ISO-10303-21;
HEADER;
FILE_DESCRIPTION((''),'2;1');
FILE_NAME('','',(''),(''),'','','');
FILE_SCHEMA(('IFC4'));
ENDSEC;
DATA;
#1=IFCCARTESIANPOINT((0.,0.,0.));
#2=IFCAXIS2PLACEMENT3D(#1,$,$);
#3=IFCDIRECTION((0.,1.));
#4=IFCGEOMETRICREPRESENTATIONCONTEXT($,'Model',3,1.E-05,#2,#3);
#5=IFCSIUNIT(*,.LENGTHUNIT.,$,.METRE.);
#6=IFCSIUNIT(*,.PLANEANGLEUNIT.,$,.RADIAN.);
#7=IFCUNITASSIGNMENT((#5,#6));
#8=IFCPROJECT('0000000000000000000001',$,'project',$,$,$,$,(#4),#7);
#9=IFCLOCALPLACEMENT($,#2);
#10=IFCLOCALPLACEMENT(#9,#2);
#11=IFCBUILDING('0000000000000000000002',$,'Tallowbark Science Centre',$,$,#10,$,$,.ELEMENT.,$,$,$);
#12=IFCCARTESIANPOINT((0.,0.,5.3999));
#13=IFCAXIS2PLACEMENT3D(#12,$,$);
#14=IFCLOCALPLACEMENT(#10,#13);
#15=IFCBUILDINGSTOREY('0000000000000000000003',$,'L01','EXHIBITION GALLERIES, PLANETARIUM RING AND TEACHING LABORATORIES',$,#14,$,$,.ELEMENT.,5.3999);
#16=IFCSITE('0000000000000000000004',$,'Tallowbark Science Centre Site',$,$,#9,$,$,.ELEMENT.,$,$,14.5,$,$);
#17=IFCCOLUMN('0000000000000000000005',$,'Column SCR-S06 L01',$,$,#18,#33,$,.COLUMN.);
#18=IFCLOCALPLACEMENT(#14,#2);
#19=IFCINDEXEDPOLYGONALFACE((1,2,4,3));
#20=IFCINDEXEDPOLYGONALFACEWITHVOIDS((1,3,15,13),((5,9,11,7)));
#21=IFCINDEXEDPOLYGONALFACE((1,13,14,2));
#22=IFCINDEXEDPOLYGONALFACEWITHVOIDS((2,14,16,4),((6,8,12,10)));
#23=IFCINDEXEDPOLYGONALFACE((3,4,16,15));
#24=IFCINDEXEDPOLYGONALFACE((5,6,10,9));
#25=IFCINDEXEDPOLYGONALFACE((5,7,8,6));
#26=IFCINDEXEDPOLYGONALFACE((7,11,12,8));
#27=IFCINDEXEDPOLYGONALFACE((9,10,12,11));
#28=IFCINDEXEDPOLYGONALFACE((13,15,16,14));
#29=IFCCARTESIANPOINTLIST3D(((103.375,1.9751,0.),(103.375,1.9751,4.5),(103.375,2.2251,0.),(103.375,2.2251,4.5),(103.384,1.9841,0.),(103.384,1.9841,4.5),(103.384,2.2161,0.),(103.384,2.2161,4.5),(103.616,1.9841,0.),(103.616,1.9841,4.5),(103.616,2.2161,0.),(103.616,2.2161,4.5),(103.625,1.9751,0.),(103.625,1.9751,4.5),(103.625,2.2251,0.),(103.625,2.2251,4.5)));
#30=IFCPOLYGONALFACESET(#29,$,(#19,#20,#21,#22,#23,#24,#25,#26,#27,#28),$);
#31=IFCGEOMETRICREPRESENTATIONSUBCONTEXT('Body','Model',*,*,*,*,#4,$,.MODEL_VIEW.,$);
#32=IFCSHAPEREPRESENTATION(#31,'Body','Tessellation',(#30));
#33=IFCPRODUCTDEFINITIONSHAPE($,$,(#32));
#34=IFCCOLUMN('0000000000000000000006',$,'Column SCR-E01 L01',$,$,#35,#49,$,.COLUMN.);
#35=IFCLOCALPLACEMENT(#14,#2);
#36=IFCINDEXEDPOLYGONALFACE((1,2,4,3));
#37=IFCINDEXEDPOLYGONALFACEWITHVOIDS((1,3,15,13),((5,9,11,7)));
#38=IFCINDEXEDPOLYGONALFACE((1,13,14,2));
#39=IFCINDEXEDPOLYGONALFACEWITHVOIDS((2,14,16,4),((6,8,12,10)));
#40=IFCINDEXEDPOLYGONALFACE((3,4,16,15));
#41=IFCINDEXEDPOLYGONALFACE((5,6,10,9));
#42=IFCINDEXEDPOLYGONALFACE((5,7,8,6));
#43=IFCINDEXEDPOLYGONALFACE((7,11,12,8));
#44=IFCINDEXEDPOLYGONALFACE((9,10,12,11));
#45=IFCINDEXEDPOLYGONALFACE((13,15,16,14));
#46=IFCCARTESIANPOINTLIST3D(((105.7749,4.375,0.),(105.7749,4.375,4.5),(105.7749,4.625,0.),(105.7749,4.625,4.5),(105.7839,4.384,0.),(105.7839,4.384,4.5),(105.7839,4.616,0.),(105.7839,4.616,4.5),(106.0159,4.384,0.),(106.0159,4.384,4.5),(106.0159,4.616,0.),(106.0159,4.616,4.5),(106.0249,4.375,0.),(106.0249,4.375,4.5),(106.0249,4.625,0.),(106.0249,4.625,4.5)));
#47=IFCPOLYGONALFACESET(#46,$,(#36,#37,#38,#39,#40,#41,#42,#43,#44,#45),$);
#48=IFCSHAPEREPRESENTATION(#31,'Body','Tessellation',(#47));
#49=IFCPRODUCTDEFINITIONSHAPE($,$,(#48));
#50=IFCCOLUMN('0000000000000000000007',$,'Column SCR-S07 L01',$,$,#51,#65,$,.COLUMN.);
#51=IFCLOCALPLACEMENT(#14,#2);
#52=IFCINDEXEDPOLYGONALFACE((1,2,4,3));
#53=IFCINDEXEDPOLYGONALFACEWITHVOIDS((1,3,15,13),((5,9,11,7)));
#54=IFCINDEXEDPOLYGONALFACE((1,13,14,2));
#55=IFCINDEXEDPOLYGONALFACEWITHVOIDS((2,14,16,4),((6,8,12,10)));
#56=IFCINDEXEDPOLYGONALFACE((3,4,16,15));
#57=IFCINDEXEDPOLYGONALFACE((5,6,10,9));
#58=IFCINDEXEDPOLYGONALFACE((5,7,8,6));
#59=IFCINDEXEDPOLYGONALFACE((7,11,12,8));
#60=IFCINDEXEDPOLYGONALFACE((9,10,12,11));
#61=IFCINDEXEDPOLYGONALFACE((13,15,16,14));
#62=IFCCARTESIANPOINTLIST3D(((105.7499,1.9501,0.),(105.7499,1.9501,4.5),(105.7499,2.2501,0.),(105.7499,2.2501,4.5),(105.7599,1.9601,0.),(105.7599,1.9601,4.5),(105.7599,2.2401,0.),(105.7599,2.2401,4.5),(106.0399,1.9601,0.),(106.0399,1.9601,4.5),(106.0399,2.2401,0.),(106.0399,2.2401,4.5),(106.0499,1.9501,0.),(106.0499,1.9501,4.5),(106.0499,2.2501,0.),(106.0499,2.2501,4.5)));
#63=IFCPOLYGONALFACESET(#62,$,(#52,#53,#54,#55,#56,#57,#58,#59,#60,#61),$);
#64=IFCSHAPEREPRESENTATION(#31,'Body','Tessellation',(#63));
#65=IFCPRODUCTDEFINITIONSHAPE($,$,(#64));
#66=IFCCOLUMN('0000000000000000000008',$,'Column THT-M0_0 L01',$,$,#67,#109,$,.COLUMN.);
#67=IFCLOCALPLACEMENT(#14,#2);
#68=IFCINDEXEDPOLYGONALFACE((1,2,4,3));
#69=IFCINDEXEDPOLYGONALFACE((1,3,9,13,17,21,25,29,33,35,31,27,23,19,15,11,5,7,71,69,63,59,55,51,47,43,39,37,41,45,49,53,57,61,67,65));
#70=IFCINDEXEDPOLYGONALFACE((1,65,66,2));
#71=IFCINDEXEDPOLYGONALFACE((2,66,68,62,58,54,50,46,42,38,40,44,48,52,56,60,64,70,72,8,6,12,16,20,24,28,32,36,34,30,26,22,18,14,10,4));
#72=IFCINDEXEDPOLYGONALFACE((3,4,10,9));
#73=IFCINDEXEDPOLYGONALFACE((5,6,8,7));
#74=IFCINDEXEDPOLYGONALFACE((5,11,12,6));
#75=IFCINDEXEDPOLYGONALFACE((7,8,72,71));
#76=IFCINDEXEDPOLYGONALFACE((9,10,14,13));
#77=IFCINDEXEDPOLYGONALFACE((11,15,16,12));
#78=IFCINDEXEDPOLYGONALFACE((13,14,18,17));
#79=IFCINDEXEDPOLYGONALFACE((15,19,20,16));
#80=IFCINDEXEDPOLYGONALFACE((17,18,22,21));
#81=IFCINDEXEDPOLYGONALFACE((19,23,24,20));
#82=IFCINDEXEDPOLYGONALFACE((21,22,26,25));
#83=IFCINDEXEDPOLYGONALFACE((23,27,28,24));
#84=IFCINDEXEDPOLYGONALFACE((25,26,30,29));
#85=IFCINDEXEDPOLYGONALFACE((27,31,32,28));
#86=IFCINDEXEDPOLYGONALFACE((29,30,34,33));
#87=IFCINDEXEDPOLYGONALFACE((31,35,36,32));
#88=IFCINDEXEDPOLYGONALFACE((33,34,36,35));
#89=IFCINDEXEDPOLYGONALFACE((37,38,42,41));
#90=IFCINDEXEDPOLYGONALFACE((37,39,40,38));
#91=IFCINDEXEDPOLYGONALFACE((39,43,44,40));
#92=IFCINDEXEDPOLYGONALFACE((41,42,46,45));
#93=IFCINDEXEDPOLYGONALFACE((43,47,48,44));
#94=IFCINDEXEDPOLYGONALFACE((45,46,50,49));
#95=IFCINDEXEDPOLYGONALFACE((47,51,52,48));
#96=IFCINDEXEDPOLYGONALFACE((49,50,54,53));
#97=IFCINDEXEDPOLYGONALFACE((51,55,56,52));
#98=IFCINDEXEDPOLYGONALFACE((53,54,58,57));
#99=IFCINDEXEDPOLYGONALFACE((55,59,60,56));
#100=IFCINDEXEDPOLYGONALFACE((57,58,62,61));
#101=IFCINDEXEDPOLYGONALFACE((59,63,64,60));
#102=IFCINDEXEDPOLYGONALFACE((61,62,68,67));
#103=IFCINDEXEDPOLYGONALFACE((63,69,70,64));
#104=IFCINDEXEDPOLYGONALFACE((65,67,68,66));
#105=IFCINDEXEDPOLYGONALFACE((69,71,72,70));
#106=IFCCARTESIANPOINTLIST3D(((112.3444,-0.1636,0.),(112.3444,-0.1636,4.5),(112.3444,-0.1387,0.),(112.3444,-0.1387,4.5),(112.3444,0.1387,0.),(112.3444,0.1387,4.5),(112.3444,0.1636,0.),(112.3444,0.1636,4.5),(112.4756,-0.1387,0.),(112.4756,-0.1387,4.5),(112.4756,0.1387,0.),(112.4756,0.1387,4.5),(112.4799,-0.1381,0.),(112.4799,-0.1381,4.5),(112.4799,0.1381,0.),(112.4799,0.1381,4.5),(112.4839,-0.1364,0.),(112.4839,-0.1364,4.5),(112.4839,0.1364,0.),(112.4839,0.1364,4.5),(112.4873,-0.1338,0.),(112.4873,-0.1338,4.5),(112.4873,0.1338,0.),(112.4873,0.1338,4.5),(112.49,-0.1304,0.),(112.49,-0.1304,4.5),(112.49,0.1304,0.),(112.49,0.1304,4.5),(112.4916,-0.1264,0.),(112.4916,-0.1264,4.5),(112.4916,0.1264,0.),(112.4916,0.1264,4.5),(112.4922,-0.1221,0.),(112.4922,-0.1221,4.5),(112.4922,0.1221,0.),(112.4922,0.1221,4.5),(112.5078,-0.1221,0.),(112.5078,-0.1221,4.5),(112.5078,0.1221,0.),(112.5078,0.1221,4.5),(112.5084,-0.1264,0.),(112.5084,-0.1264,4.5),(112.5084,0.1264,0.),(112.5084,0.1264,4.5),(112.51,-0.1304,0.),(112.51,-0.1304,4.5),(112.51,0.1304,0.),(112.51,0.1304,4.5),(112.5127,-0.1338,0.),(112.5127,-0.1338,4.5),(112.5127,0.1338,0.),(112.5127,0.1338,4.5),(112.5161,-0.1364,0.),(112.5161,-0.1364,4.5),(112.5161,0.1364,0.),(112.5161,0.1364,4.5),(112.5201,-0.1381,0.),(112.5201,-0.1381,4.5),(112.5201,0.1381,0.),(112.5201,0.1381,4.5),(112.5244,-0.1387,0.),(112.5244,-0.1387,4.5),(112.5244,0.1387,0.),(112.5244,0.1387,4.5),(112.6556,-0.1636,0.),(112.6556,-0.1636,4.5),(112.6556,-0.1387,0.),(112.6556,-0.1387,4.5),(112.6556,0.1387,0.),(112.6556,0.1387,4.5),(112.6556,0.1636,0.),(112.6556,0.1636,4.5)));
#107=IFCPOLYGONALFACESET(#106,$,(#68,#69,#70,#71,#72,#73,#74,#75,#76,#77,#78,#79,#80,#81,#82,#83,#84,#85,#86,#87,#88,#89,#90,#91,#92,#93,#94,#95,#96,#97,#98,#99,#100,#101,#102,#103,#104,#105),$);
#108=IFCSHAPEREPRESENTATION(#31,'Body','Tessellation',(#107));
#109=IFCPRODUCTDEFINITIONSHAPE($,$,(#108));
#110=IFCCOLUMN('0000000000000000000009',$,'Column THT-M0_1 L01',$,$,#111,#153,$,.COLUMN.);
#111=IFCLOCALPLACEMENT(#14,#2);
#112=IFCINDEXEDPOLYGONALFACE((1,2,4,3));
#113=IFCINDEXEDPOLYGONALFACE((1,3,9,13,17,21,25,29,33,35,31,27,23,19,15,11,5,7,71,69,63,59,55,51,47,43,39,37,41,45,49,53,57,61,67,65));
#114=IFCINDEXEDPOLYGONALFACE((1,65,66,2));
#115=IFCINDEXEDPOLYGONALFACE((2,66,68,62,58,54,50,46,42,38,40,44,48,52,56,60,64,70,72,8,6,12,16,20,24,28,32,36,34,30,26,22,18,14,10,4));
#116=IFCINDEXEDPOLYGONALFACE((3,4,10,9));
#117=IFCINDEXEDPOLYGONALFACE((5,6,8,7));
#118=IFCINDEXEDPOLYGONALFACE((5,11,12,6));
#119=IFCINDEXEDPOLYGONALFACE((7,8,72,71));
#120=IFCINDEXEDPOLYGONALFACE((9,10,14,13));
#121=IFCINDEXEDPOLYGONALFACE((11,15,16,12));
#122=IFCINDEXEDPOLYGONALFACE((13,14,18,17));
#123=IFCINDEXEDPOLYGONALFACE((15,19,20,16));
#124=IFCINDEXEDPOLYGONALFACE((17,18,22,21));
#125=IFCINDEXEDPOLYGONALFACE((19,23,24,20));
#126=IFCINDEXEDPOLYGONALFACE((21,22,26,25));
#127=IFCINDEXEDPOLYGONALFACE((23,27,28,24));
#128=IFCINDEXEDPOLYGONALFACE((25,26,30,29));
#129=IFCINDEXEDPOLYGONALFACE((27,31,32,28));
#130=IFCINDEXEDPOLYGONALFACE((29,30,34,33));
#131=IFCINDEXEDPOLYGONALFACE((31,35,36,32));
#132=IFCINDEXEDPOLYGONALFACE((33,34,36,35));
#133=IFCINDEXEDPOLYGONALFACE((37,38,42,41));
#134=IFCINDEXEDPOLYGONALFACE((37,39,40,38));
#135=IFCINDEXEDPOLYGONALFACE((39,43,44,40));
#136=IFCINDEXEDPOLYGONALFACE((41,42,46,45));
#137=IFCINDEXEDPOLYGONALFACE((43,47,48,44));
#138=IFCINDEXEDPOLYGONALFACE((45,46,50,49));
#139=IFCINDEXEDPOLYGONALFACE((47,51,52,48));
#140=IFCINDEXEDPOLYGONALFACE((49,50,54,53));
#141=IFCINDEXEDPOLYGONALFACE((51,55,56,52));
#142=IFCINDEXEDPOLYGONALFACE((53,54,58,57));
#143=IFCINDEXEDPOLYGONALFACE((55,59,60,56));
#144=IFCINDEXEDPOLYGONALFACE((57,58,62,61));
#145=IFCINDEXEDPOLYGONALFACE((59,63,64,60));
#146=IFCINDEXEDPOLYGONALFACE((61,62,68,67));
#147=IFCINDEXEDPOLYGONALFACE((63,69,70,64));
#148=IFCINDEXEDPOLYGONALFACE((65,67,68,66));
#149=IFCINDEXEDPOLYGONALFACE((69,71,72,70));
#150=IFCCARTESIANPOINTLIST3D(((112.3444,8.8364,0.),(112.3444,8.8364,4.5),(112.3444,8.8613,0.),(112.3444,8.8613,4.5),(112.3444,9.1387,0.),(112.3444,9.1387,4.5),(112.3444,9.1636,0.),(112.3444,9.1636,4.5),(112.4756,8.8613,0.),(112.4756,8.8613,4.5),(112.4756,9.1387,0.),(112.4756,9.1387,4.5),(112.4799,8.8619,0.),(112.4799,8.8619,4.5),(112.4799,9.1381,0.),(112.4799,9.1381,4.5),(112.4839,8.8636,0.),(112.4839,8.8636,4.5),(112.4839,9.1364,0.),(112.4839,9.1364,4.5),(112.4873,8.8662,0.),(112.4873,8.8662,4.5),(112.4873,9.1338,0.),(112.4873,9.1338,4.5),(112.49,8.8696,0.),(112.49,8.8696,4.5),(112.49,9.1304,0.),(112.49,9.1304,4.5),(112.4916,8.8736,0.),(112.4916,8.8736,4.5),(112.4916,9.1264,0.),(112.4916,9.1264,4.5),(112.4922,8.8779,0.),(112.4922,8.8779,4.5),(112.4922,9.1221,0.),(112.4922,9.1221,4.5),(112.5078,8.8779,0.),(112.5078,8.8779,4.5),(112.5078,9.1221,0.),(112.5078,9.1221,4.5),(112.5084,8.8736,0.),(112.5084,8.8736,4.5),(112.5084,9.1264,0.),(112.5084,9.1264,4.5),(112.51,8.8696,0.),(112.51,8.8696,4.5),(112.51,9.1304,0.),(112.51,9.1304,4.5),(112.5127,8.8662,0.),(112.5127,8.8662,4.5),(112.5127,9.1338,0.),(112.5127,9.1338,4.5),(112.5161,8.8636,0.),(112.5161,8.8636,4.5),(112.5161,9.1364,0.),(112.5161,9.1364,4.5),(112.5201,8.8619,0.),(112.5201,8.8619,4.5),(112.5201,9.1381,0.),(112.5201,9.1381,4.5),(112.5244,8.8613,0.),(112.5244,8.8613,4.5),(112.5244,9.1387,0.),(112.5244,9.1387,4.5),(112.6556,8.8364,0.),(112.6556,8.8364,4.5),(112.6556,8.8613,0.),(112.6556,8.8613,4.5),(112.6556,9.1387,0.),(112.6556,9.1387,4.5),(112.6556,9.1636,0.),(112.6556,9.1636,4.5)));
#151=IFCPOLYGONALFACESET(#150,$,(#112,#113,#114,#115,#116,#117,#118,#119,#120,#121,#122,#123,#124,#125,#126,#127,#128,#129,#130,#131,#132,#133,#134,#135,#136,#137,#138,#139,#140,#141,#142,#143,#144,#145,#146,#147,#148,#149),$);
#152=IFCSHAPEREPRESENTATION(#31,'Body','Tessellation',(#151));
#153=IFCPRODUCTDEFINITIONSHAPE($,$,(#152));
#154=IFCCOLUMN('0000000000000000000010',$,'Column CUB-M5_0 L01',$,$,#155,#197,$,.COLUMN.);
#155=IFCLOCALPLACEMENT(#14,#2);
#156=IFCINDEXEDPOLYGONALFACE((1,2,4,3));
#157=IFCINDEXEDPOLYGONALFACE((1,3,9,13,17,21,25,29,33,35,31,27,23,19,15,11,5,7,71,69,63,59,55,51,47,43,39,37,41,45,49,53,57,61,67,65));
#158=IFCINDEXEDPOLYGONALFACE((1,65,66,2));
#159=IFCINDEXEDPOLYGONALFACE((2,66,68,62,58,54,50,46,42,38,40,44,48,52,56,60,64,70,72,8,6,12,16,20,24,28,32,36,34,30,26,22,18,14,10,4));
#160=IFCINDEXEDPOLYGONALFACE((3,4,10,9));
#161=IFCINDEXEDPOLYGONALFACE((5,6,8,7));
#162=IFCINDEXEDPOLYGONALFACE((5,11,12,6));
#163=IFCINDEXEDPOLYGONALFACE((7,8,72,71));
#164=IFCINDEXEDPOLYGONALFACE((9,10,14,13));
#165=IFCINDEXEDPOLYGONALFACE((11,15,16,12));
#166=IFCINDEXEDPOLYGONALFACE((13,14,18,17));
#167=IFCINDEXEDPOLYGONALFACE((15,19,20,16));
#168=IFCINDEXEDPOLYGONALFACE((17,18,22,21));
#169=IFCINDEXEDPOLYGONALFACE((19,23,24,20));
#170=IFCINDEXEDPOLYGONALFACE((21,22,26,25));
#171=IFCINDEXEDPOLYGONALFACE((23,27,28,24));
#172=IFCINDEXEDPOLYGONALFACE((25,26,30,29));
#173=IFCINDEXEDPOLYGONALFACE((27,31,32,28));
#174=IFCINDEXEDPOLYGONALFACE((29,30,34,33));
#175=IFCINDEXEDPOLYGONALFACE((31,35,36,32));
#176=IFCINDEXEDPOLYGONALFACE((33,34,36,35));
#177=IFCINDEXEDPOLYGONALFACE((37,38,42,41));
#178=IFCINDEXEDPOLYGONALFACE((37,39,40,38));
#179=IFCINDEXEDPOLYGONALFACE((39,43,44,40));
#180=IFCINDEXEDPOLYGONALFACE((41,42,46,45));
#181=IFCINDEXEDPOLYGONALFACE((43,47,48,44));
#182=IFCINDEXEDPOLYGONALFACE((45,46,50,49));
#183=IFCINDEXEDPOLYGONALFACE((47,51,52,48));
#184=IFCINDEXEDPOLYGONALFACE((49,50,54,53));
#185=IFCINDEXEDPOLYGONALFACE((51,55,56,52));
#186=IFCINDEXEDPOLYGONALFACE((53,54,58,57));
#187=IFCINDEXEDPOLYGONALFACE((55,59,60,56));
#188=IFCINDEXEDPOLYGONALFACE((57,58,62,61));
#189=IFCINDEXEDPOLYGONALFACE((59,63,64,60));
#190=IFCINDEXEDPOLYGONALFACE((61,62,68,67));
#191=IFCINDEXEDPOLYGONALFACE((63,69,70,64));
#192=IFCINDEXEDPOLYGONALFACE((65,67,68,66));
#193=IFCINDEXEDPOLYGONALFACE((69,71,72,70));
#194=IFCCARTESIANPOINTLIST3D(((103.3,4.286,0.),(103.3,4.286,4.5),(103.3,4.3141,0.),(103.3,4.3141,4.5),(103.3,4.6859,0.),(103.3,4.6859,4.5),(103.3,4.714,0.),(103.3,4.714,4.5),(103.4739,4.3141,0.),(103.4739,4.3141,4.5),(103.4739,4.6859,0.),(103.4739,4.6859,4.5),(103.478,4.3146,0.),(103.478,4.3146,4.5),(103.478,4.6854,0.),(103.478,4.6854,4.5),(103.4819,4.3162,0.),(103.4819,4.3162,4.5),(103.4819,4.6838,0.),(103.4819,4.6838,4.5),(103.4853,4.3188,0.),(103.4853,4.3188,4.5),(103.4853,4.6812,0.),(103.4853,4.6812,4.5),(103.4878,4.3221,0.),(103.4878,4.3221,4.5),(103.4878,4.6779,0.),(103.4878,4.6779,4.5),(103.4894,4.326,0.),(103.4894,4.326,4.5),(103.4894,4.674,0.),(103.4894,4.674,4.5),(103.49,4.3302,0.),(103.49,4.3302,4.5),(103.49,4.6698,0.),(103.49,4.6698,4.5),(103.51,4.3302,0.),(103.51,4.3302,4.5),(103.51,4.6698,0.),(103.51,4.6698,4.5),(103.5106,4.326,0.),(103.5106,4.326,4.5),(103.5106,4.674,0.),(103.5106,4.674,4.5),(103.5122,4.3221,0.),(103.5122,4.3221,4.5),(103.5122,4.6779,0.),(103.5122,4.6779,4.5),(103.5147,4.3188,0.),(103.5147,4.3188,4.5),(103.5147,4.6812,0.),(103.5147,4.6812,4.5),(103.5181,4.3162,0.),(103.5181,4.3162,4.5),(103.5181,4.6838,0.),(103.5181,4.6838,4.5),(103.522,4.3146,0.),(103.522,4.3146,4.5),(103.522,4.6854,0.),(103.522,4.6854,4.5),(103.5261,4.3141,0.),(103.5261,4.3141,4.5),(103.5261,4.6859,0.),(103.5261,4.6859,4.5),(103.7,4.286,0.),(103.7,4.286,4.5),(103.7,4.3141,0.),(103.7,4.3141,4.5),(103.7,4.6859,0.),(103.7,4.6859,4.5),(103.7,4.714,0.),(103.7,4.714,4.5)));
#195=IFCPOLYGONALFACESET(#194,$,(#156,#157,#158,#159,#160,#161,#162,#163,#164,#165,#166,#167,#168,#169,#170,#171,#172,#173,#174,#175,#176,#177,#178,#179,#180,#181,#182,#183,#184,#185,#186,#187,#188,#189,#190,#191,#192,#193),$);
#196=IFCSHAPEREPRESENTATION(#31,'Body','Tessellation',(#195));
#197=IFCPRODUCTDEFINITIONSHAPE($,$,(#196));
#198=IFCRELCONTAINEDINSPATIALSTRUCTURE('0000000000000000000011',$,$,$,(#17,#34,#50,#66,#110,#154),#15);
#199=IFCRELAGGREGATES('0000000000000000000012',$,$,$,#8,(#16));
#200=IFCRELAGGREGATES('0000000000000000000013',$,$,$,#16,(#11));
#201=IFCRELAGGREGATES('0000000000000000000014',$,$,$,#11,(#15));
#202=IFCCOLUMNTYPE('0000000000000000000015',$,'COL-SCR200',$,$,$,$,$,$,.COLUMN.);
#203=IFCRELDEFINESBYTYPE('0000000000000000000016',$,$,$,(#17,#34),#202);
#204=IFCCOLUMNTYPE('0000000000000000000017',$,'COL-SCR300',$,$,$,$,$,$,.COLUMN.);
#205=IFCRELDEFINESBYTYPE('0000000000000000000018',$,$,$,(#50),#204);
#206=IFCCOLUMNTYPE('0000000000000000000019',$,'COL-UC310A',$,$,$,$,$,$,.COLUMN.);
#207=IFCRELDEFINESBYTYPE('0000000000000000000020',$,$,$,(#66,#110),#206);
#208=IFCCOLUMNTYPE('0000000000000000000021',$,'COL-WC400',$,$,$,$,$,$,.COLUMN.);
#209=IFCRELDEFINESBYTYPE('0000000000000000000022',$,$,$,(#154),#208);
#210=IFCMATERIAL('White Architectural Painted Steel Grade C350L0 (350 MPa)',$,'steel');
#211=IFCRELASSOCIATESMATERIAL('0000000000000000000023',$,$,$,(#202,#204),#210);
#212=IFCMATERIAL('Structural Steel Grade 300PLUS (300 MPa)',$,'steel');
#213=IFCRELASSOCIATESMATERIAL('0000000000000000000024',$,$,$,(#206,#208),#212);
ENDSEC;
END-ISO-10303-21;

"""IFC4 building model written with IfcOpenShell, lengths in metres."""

from ifc_helpers import new_model, si_unit, direction, frame, origin, origin_2d, place, context, subcontext, project, spatial, hollow_rectangle, i_section, extrude, material, material_profile, profile_set, type_object, element, save


model = new_model("IFC4")

# Units and contexts
model_context = context("Model", 3, precision=1e-05, world=origin(), true_north=direction((0.0, 1.0)))
body_context = subcontext(model_context, "Body", "Model", "MODEL_VIEW")
ifc_project = project(units=[si_unit("LENGTHUNIT", "METRE"), si_unit("PLANEANGLEUNIT", "RADIAN")], contexts=[model_context])

# Site, building, storey
site_placement = place(None, origin())
site = spatial("IfcSite", under=ifc_project, at=site_placement, Name="Tallowbark Science Centre Site", CompositionType="ELEMENT", RefElevation=14.5)
building_placement = place(site_placement, origin())
building = spatial("IfcBuilding", under=site, at=building_placement, Name="Tallowbark Science Centre", CompositionType="ELEMENT")
storey_placement = place(building_placement, frame((0.0, 0.0, 5.3999)))
storey = spatial("IfcBuildingStorey", under=building, at=storey_placement, Name="L01", Description="EXHIBITION GALLERIES, PLANETARIUM RING AND TEACHING LABORATORIES", CompositionType="ELEMENT", Elevation=5.3999)

# Columns
ifc_material_1 = material(Name="White Architectural Painted Steel Grade C350L0 (350 MPa)", Category="steel")
ifc_material_profile_1 = material_profile(ifc_material_1, hollow_rectangle(XDim=0.25, YDim=0.25, WallThickness=0.009, at=origin_2d()), Name="250x250x9.0SHS")
ifc_profile_set_1 = profile_set([ifc_material_profile_1], Name="White Architectural Painted Steel Grade C350L0 (350 MPa)")
column_type_1 = type_object("IfcColumnType", Name="COL-SCR200", PredefinedType="COLUMN", material=ifc_profile_set_1)
for number, where, z_axis, x_axis, name in (
    (1, (103.5, 2.1001, 0.0), (0.0, 0.0, 1.0), (1.0, 0.0, 0.0), "Column SCR-S06 L01"),
    (2, (105.8999, 4.5, 0.0), (0.0, 0.0, 1.0), (1.0, 0.0, 0.0), "Column SCR-E01 L01"),
):
    element("IfcColumn", number, at=place(storey_placement, frame(where, z_axis=z_axis, x_axis=x_axis)), inside=storey, type_object=column_type_1, Name=name, PredefinedType="COLUMN", context=body_context, shape_type="SweptSolid", body=[
        extrude(hollow_rectangle(XDim=0.25, YDim=0.25, WallThickness=0.009, at=origin_2d()), origin(), (0.0, 0.0, 1.0), 4.5),
    ])
ifc_material_profile_2 = material_profile(ifc_material_1, hollow_rectangle(XDim=0.3, YDim=0.3, WallThickness=0.01, at=origin_2d()), Name="300x300x10.0SHS")
ifc_profile_set_2 = profile_set([ifc_material_profile_2], Name="White Architectural Painted Steel Grade C350L0 (350 MPa)")
column_type_2 = type_object("IfcColumnType", Name="COL-SCR300", PredefinedType="COLUMN", material=ifc_profile_set_2)
column_1_placement = place(storey_placement, frame((105.8999, 2.1001, 0.0), z_axis=(0.0, 0.0, 1.0), x_axis=(1.0, 0.0, 0.0)))
element("IfcColumn", 3, at=column_1_placement, inside=storey, type_object=column_type_2, Name="Column SCR-S07 L01", PredefinedType="COLUMN", context=body_context, shape_type="SweptSolid", body=[
    extrude(hollow_rectangle(XDim=0.3, YDim=0.3, WallThickness=0.01, at=origin_2d()), origin(), (0.0, 0.0, 1.0), 4.5),
])
ifc_material_2 = material(Name="Structural Steel Grade 300PLUS (300 MPa)", Category="steel")
ifc_material_profile_3 = material_profile(ifc_material_2, i_section(OverallWidth=0.3113, OverallDepth=0.3271, WebThickness=0.0156, FlangeThickness=0.0249, FilletRadius=0.0166, at=origin_2d()), Name="310UC158")
ifc_profile_set_3 = profile_set([ifc_material_profile_3], Name="Structural Steel Grade 300PLUS (300 MPa)")
column_type_3 = type_object("IfcColumnType", Name="COL-UC310A", PredefinedType="COLUMN", material=ifc_profile_set_3)
for number, where, z_axis, x_axis, name in (
    (4, (112.5, 0.0, 0.0), (0.0, 0.0, 1.0), (1.0, 0.0, 0.0), "Column THT-M0_0 L01"),
    (5, (112.5, 9.0, 0.0), (0.0, 0.0, 1.0), (1.0, 0.0, 0.0), "Column THT-M0_1 L01"),
):
    element("IfcColumn", number, at=place(storey_placement, frame(where, z_axis=z_axis, x_axis=x_axis)), inside=storey, type_object=column_type_3, Name=name, PredefinedType="COLUMN", context=body_context, shape_type="SweptSolid", body=[
        extrude(i_section(OverallWidth=0.3113, OverallDepth=0.3271, WebThickness=0.0156, FlangeThickness=0.0249, FilletRadius=0.0166, at=origin_2d()), origin(), (0.0, 0.0, 1.0), 4.5),
    ])
ifc_material_profile_4 = material_profile(ifc_material_2, i_section(OverallWidth=0.3999, OverallDepth=0.428, WebThickness=0.02, FlangeThickness=0.0281, FilletRadius=0.0161, at=origin_2d()), Name="400WC270")
ifc_profile_set_4 = profile_set([ifc_material_profile_4], Name="Structural Steel Grade 300PLUS (300 MPa)")
column_type_4 = type_object("IfcColumnType", Name="COL-WC400", PredefinedType="COLUMN", material=ifc_profile_set_4)
column_2_placement = place(storey_placement, frame((103.5, 4.5, 0.0), z_axis=(0.0, 0.0, 1.0), x_axis=(1.0, 0.0, 0.0)))
element("IfcColumn", 6, at=column_2_placement, inside=storey, type_object=column_type_4, Name="Column CUB-M5_0 L01", PredefinedType="COLUMN", context=body_context, shape_type="SweptSolid", body=[
    extrude(i_section(OverallWidth=0.3999, OverallDepth=0.428, WebThickness=0.02, FlangeThickness=0.0281, FilletRadius=0.0161, at=origin_2d()), origin(), (0.0, 0.0, 1.0), 4.5),
])

save(model, "model.ifc")
